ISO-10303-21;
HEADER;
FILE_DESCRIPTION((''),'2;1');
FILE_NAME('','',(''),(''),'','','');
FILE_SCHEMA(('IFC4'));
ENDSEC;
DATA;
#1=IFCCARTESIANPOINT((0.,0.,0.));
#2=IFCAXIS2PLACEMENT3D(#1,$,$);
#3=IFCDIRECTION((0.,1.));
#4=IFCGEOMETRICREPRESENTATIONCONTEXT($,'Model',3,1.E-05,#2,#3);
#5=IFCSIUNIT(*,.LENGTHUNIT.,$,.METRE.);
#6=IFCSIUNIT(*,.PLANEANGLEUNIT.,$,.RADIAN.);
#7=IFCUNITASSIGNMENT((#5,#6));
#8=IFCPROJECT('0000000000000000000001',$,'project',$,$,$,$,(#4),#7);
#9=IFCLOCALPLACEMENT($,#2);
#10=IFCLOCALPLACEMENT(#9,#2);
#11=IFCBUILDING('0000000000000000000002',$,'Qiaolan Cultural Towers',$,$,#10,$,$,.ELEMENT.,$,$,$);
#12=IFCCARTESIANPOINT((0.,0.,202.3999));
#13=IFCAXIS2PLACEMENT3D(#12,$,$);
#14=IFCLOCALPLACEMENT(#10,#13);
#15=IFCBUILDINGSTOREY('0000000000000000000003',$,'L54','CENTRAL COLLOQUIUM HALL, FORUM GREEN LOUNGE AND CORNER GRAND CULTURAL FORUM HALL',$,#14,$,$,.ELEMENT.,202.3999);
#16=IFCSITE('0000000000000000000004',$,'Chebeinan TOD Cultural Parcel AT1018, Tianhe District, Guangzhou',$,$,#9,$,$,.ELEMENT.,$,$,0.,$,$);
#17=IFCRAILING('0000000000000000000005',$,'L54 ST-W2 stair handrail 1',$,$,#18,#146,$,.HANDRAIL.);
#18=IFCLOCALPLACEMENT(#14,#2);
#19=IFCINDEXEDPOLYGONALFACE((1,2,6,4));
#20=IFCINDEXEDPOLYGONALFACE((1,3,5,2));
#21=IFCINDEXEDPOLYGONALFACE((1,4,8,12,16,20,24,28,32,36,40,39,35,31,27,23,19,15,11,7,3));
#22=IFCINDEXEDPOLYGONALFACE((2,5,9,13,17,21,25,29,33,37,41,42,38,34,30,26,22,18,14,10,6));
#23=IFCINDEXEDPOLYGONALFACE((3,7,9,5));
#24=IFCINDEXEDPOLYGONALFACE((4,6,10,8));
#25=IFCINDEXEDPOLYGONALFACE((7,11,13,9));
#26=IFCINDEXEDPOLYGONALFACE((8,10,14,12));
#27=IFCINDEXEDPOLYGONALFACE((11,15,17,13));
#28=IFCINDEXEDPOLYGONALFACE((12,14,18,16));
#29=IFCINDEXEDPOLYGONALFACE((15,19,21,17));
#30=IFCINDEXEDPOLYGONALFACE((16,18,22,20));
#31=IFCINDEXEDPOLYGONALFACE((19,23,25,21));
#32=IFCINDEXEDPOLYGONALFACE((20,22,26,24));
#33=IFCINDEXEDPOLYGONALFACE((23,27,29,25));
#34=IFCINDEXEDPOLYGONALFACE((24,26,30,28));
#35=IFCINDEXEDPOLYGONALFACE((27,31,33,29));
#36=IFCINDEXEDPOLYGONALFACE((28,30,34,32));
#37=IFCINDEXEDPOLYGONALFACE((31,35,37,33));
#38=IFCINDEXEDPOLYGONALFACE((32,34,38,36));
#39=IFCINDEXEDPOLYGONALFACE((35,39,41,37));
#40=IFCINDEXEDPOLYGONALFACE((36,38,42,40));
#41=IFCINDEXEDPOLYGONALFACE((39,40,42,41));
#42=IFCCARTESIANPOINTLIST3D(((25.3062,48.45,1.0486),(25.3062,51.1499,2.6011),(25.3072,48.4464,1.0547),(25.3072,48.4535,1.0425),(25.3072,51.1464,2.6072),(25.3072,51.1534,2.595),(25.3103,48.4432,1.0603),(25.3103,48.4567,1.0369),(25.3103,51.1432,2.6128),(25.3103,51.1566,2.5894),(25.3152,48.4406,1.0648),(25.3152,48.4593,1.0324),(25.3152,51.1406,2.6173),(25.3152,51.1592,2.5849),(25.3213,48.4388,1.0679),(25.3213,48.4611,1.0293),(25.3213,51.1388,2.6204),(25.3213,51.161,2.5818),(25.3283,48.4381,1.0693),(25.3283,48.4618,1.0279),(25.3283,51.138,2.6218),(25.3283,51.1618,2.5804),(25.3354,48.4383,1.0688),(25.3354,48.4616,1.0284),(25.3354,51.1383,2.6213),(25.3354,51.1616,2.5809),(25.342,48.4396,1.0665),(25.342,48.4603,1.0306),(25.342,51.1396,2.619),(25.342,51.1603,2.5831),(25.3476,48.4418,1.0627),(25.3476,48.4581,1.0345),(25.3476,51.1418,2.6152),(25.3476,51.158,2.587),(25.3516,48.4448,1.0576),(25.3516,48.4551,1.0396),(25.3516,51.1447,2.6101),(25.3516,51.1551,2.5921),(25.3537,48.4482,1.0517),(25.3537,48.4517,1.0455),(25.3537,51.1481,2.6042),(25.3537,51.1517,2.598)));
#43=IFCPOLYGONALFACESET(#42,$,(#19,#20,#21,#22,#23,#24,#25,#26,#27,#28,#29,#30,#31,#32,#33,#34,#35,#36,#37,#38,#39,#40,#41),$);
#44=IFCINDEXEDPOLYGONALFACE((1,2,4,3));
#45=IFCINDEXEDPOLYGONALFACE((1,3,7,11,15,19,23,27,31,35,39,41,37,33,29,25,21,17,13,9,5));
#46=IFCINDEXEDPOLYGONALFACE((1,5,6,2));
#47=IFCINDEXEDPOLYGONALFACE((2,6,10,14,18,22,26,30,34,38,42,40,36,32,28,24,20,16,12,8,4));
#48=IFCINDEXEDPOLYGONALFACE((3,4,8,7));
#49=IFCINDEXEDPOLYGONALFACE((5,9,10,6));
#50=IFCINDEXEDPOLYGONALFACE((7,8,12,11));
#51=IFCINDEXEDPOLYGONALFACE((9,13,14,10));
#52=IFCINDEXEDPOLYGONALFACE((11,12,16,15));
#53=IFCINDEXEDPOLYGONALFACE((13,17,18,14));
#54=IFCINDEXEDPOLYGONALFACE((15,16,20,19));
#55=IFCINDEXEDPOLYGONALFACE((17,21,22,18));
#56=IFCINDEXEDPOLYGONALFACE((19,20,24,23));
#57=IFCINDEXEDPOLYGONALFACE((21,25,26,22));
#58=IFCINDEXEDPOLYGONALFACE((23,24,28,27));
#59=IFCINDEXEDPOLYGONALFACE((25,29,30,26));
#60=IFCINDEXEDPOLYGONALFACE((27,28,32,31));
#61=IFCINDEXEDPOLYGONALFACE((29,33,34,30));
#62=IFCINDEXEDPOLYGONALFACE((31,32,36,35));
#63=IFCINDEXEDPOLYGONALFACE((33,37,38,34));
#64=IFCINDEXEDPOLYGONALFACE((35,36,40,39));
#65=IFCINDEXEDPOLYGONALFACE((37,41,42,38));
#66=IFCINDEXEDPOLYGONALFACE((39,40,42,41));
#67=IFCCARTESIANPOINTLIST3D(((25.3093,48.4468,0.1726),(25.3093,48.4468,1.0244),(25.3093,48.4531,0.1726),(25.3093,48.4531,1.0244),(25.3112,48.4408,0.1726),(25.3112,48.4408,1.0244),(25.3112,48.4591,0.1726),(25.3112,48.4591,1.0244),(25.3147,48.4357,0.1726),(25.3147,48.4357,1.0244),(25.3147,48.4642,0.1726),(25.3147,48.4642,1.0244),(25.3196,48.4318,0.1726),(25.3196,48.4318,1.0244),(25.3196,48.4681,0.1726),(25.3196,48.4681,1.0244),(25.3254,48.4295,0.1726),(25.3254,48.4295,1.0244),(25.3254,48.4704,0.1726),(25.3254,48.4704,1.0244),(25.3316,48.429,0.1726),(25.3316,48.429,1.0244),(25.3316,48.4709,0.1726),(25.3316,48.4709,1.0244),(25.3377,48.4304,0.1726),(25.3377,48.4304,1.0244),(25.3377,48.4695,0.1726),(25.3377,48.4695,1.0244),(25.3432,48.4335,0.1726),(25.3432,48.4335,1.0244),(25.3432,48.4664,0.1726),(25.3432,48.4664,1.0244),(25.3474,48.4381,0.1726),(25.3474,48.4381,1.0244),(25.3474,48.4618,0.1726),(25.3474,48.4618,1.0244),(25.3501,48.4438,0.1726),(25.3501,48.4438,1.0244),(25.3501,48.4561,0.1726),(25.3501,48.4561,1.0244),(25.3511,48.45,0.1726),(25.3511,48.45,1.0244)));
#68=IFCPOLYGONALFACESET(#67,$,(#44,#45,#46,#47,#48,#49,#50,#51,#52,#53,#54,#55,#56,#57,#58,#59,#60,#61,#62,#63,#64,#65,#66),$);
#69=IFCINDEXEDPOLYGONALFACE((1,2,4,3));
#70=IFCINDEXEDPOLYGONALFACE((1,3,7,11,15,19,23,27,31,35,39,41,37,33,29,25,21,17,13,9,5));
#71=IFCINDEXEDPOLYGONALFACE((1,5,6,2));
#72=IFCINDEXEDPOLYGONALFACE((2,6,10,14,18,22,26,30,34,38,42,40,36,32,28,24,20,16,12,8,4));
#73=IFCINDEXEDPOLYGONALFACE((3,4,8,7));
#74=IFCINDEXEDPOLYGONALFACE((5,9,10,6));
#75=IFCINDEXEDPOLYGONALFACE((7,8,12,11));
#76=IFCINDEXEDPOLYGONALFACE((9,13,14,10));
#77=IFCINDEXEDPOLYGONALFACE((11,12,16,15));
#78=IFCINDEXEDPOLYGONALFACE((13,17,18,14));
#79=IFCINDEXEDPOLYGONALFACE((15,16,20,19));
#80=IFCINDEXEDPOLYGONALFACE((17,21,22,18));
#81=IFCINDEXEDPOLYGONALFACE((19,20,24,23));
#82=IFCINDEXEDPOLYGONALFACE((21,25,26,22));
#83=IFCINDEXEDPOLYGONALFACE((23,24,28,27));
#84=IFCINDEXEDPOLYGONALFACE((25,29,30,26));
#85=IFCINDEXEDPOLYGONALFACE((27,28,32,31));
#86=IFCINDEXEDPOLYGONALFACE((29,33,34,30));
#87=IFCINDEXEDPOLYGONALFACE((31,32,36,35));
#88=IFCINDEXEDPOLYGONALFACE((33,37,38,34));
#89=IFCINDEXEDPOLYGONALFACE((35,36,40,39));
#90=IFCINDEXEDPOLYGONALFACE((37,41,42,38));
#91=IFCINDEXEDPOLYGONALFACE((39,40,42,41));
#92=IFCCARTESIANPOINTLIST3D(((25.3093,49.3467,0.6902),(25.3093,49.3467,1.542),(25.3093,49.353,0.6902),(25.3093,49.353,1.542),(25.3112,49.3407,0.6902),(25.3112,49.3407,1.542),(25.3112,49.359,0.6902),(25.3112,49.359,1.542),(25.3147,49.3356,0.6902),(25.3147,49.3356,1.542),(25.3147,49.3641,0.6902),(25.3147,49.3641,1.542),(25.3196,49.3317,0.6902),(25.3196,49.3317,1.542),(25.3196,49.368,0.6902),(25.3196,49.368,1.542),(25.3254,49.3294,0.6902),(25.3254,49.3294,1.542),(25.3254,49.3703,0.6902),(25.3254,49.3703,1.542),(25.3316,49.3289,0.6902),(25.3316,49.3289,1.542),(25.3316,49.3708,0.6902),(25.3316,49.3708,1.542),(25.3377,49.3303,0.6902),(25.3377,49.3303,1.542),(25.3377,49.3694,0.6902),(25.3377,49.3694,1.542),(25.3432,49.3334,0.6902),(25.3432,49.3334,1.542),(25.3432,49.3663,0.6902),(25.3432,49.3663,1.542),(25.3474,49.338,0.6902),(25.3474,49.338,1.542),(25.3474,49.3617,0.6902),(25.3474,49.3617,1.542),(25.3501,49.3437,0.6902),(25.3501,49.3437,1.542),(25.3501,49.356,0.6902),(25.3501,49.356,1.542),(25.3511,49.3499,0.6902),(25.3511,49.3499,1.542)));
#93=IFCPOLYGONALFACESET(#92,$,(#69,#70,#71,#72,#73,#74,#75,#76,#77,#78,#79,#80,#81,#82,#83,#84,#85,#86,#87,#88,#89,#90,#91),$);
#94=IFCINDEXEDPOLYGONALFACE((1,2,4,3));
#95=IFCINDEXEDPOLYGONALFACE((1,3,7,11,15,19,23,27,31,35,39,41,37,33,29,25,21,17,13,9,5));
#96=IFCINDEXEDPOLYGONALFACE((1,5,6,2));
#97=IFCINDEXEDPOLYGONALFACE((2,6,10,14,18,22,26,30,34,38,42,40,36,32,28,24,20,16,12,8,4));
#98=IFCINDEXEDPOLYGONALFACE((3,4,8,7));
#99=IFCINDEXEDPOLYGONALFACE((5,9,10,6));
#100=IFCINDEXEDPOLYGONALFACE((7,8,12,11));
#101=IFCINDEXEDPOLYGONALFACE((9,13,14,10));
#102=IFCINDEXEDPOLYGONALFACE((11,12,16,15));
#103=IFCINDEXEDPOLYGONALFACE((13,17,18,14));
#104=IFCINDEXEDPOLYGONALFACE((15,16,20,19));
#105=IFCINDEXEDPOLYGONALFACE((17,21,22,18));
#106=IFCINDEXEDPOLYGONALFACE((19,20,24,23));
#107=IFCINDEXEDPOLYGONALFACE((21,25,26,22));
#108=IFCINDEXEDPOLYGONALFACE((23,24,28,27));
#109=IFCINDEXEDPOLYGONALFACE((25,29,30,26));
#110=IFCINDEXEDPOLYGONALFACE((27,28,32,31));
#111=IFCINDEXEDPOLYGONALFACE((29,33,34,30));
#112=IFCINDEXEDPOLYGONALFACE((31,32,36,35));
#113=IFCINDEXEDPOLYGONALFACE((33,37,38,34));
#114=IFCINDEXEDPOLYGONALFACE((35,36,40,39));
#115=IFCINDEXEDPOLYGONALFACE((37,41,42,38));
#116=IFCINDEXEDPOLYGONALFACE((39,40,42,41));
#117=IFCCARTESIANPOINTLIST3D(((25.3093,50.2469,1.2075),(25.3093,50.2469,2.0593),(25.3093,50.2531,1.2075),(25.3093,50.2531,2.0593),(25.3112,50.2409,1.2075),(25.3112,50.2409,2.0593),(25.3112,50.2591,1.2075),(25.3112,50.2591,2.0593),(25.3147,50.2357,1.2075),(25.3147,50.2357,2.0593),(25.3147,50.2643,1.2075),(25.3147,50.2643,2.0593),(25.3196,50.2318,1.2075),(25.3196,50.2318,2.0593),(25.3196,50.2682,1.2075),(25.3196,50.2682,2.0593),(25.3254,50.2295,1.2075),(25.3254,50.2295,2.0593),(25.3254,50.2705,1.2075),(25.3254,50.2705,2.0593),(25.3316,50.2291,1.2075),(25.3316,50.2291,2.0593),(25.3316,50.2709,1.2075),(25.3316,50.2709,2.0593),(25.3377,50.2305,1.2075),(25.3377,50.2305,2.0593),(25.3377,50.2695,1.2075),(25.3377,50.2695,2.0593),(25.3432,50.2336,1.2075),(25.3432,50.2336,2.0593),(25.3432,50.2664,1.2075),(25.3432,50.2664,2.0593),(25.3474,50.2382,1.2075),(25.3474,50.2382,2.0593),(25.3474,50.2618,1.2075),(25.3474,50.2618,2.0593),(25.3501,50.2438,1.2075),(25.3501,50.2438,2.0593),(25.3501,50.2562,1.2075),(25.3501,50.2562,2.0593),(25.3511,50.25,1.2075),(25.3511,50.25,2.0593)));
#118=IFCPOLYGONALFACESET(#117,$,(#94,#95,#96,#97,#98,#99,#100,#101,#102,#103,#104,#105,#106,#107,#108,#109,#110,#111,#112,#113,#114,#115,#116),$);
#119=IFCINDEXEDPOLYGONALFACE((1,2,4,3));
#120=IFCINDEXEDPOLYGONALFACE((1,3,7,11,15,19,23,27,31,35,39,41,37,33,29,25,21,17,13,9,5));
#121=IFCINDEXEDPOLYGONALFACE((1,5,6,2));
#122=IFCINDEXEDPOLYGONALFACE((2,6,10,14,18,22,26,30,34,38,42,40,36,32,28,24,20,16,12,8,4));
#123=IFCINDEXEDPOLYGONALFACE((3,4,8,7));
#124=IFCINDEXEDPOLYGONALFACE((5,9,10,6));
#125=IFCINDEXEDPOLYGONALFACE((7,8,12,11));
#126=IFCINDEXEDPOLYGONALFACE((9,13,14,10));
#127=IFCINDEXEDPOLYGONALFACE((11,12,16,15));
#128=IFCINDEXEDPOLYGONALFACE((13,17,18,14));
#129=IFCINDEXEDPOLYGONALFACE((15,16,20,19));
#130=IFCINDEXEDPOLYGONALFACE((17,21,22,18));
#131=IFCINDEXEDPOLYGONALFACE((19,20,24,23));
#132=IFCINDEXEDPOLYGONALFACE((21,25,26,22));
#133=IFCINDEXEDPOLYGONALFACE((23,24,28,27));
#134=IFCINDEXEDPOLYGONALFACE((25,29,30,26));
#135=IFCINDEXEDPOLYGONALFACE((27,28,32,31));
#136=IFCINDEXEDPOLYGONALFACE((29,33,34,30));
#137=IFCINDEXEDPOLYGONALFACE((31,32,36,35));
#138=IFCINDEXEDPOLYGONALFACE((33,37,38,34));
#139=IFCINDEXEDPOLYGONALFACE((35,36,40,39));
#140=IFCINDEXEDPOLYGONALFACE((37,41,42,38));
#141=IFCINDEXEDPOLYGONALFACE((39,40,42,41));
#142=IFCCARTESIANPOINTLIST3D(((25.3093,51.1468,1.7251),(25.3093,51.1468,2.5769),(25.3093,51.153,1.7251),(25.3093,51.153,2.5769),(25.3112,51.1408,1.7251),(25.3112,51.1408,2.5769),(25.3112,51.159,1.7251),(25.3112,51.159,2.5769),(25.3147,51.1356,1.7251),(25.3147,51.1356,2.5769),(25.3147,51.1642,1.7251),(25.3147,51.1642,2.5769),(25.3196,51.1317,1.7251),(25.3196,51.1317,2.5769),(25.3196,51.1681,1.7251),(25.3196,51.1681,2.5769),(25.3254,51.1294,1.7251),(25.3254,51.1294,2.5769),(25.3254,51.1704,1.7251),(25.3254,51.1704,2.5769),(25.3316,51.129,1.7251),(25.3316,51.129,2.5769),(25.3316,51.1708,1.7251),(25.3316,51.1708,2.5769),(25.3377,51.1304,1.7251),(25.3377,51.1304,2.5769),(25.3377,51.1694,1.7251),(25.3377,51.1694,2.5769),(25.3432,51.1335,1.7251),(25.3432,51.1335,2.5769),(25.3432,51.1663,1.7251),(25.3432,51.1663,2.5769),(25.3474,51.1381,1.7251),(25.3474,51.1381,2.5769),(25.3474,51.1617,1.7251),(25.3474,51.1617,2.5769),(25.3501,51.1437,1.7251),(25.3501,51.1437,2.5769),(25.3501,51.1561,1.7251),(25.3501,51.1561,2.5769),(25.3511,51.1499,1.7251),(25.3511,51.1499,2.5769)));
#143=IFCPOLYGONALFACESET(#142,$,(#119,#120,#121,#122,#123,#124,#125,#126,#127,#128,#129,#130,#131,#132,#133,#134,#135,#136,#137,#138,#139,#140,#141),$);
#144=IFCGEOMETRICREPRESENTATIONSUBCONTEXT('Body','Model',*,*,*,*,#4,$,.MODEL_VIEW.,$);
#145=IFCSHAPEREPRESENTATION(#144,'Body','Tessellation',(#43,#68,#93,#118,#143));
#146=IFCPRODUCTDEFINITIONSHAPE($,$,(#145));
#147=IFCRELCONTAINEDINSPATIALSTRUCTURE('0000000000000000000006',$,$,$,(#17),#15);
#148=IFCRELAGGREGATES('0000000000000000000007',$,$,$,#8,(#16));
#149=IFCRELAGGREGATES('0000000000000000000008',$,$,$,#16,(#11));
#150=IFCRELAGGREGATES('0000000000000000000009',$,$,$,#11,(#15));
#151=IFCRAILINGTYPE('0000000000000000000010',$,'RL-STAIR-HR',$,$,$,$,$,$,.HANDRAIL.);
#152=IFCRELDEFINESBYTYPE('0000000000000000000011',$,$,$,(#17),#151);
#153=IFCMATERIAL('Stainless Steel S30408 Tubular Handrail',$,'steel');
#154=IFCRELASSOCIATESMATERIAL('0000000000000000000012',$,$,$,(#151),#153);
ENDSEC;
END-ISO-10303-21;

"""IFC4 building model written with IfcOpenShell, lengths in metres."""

from ifc_helpers import new_model, si_unit, direction, frame, origin, origin_2d, place, context, subcontext, project, spatial, circle, extrude, material, type_object, element, save


model = new_model("IFC4")

# Units and contexts
model_context = context("Model", 3, precision=1e-05, world=origin(), true_north=direction((0.0, 1.0)))
body_context = subcontext(model_context, "Body", "Model", "MODEL_VIEW")
ifc_project = project(units=[si_unit("LENGTHUNIT", "METRE"), si_unit("PLANEANGLEUNIT", "RADIAN")], contexts=[model_context])

# Site, building, storey
site_placement = place(None, origin())
site = spatial("IfcSite", under=ifc_project, at=site_placement, Name="Chebeinan TOD Cultural Parcel AT1018, Tianhe District, Guangzhou", CompositionType="ELEMENT", RefElevation=0.0)
building_placement = place(site_placement, origin())
building = spatial("IfcBuilding", under=site, at=building_placement, Name="Qiaolan Cultural Towers", CompositionType="ELEMENT")
storey_placement = place(building_placement, frame((0.0, 0.0, 202.3999)))
storey = spatial("IfcBuildingStorey", under=building, at=storey_placement, Name="L54", Description="CENTRAL COLLOQUIUM HALL, FORUM GREEN LOUNGE AND CORNER GRAND CULTURAL FORUM HALL", CompositionType="ELEMENT", Elevation=202.3999)

# Railing
ifc_material_1 = material(Name="Stainless Steel S30408 Tubular Handrail", Category="steel")
railing_type_1 = type_object("IfcRailingType", Name="RL-STAIR-HR", PredefinedType="HANDRAIL", material=ifc_material_1)
railing_1_placement = place(storey_placement, frame((25.3301, 48.45, 0.1726)))
element("IfcRailing", 1, at=railing_1_placement, inside=storey, type_object=railing_type_1, Name="L54 ST-W2 stair handrail 1", PredefinedType="HANDRAIL", context=body_context, shape_type="SweptSolid", body=[
    extrude(circle(Radius=0.0239, at=origin_2d()), frame((0.0, 0.0, 0.876), z_axis=(0.0, 0.866904, 0.498476), x_axis=(-1.0, 0.0, 0.0)), (0.0, 0.0, 1.0), 3.1145),
    extrude(circle(Radius=0.021, at=origin_2d()), origin(), (0.0, 0.0, 1.0), 0.8518),
    extrude(circle(Radius=0.021, at=origin_2d()), frame((0.0, 0.8999, 0.5176)), (0.0, 0.0, 1.0), 0.8518),
    extrude(circle(Radius=0.021, at=origin_2d()), frame((0.0, 1.8, 1.0349)), (0.0, 0.0, 1.0), 0.8518),
    extrude(circle(Radius=0.021, at=origin_2d()), frame((0.0, 2.7, 1.5525)), (0.0, 0.0, 1.0), 0.8518),
])

save(model, "model.ifc")
